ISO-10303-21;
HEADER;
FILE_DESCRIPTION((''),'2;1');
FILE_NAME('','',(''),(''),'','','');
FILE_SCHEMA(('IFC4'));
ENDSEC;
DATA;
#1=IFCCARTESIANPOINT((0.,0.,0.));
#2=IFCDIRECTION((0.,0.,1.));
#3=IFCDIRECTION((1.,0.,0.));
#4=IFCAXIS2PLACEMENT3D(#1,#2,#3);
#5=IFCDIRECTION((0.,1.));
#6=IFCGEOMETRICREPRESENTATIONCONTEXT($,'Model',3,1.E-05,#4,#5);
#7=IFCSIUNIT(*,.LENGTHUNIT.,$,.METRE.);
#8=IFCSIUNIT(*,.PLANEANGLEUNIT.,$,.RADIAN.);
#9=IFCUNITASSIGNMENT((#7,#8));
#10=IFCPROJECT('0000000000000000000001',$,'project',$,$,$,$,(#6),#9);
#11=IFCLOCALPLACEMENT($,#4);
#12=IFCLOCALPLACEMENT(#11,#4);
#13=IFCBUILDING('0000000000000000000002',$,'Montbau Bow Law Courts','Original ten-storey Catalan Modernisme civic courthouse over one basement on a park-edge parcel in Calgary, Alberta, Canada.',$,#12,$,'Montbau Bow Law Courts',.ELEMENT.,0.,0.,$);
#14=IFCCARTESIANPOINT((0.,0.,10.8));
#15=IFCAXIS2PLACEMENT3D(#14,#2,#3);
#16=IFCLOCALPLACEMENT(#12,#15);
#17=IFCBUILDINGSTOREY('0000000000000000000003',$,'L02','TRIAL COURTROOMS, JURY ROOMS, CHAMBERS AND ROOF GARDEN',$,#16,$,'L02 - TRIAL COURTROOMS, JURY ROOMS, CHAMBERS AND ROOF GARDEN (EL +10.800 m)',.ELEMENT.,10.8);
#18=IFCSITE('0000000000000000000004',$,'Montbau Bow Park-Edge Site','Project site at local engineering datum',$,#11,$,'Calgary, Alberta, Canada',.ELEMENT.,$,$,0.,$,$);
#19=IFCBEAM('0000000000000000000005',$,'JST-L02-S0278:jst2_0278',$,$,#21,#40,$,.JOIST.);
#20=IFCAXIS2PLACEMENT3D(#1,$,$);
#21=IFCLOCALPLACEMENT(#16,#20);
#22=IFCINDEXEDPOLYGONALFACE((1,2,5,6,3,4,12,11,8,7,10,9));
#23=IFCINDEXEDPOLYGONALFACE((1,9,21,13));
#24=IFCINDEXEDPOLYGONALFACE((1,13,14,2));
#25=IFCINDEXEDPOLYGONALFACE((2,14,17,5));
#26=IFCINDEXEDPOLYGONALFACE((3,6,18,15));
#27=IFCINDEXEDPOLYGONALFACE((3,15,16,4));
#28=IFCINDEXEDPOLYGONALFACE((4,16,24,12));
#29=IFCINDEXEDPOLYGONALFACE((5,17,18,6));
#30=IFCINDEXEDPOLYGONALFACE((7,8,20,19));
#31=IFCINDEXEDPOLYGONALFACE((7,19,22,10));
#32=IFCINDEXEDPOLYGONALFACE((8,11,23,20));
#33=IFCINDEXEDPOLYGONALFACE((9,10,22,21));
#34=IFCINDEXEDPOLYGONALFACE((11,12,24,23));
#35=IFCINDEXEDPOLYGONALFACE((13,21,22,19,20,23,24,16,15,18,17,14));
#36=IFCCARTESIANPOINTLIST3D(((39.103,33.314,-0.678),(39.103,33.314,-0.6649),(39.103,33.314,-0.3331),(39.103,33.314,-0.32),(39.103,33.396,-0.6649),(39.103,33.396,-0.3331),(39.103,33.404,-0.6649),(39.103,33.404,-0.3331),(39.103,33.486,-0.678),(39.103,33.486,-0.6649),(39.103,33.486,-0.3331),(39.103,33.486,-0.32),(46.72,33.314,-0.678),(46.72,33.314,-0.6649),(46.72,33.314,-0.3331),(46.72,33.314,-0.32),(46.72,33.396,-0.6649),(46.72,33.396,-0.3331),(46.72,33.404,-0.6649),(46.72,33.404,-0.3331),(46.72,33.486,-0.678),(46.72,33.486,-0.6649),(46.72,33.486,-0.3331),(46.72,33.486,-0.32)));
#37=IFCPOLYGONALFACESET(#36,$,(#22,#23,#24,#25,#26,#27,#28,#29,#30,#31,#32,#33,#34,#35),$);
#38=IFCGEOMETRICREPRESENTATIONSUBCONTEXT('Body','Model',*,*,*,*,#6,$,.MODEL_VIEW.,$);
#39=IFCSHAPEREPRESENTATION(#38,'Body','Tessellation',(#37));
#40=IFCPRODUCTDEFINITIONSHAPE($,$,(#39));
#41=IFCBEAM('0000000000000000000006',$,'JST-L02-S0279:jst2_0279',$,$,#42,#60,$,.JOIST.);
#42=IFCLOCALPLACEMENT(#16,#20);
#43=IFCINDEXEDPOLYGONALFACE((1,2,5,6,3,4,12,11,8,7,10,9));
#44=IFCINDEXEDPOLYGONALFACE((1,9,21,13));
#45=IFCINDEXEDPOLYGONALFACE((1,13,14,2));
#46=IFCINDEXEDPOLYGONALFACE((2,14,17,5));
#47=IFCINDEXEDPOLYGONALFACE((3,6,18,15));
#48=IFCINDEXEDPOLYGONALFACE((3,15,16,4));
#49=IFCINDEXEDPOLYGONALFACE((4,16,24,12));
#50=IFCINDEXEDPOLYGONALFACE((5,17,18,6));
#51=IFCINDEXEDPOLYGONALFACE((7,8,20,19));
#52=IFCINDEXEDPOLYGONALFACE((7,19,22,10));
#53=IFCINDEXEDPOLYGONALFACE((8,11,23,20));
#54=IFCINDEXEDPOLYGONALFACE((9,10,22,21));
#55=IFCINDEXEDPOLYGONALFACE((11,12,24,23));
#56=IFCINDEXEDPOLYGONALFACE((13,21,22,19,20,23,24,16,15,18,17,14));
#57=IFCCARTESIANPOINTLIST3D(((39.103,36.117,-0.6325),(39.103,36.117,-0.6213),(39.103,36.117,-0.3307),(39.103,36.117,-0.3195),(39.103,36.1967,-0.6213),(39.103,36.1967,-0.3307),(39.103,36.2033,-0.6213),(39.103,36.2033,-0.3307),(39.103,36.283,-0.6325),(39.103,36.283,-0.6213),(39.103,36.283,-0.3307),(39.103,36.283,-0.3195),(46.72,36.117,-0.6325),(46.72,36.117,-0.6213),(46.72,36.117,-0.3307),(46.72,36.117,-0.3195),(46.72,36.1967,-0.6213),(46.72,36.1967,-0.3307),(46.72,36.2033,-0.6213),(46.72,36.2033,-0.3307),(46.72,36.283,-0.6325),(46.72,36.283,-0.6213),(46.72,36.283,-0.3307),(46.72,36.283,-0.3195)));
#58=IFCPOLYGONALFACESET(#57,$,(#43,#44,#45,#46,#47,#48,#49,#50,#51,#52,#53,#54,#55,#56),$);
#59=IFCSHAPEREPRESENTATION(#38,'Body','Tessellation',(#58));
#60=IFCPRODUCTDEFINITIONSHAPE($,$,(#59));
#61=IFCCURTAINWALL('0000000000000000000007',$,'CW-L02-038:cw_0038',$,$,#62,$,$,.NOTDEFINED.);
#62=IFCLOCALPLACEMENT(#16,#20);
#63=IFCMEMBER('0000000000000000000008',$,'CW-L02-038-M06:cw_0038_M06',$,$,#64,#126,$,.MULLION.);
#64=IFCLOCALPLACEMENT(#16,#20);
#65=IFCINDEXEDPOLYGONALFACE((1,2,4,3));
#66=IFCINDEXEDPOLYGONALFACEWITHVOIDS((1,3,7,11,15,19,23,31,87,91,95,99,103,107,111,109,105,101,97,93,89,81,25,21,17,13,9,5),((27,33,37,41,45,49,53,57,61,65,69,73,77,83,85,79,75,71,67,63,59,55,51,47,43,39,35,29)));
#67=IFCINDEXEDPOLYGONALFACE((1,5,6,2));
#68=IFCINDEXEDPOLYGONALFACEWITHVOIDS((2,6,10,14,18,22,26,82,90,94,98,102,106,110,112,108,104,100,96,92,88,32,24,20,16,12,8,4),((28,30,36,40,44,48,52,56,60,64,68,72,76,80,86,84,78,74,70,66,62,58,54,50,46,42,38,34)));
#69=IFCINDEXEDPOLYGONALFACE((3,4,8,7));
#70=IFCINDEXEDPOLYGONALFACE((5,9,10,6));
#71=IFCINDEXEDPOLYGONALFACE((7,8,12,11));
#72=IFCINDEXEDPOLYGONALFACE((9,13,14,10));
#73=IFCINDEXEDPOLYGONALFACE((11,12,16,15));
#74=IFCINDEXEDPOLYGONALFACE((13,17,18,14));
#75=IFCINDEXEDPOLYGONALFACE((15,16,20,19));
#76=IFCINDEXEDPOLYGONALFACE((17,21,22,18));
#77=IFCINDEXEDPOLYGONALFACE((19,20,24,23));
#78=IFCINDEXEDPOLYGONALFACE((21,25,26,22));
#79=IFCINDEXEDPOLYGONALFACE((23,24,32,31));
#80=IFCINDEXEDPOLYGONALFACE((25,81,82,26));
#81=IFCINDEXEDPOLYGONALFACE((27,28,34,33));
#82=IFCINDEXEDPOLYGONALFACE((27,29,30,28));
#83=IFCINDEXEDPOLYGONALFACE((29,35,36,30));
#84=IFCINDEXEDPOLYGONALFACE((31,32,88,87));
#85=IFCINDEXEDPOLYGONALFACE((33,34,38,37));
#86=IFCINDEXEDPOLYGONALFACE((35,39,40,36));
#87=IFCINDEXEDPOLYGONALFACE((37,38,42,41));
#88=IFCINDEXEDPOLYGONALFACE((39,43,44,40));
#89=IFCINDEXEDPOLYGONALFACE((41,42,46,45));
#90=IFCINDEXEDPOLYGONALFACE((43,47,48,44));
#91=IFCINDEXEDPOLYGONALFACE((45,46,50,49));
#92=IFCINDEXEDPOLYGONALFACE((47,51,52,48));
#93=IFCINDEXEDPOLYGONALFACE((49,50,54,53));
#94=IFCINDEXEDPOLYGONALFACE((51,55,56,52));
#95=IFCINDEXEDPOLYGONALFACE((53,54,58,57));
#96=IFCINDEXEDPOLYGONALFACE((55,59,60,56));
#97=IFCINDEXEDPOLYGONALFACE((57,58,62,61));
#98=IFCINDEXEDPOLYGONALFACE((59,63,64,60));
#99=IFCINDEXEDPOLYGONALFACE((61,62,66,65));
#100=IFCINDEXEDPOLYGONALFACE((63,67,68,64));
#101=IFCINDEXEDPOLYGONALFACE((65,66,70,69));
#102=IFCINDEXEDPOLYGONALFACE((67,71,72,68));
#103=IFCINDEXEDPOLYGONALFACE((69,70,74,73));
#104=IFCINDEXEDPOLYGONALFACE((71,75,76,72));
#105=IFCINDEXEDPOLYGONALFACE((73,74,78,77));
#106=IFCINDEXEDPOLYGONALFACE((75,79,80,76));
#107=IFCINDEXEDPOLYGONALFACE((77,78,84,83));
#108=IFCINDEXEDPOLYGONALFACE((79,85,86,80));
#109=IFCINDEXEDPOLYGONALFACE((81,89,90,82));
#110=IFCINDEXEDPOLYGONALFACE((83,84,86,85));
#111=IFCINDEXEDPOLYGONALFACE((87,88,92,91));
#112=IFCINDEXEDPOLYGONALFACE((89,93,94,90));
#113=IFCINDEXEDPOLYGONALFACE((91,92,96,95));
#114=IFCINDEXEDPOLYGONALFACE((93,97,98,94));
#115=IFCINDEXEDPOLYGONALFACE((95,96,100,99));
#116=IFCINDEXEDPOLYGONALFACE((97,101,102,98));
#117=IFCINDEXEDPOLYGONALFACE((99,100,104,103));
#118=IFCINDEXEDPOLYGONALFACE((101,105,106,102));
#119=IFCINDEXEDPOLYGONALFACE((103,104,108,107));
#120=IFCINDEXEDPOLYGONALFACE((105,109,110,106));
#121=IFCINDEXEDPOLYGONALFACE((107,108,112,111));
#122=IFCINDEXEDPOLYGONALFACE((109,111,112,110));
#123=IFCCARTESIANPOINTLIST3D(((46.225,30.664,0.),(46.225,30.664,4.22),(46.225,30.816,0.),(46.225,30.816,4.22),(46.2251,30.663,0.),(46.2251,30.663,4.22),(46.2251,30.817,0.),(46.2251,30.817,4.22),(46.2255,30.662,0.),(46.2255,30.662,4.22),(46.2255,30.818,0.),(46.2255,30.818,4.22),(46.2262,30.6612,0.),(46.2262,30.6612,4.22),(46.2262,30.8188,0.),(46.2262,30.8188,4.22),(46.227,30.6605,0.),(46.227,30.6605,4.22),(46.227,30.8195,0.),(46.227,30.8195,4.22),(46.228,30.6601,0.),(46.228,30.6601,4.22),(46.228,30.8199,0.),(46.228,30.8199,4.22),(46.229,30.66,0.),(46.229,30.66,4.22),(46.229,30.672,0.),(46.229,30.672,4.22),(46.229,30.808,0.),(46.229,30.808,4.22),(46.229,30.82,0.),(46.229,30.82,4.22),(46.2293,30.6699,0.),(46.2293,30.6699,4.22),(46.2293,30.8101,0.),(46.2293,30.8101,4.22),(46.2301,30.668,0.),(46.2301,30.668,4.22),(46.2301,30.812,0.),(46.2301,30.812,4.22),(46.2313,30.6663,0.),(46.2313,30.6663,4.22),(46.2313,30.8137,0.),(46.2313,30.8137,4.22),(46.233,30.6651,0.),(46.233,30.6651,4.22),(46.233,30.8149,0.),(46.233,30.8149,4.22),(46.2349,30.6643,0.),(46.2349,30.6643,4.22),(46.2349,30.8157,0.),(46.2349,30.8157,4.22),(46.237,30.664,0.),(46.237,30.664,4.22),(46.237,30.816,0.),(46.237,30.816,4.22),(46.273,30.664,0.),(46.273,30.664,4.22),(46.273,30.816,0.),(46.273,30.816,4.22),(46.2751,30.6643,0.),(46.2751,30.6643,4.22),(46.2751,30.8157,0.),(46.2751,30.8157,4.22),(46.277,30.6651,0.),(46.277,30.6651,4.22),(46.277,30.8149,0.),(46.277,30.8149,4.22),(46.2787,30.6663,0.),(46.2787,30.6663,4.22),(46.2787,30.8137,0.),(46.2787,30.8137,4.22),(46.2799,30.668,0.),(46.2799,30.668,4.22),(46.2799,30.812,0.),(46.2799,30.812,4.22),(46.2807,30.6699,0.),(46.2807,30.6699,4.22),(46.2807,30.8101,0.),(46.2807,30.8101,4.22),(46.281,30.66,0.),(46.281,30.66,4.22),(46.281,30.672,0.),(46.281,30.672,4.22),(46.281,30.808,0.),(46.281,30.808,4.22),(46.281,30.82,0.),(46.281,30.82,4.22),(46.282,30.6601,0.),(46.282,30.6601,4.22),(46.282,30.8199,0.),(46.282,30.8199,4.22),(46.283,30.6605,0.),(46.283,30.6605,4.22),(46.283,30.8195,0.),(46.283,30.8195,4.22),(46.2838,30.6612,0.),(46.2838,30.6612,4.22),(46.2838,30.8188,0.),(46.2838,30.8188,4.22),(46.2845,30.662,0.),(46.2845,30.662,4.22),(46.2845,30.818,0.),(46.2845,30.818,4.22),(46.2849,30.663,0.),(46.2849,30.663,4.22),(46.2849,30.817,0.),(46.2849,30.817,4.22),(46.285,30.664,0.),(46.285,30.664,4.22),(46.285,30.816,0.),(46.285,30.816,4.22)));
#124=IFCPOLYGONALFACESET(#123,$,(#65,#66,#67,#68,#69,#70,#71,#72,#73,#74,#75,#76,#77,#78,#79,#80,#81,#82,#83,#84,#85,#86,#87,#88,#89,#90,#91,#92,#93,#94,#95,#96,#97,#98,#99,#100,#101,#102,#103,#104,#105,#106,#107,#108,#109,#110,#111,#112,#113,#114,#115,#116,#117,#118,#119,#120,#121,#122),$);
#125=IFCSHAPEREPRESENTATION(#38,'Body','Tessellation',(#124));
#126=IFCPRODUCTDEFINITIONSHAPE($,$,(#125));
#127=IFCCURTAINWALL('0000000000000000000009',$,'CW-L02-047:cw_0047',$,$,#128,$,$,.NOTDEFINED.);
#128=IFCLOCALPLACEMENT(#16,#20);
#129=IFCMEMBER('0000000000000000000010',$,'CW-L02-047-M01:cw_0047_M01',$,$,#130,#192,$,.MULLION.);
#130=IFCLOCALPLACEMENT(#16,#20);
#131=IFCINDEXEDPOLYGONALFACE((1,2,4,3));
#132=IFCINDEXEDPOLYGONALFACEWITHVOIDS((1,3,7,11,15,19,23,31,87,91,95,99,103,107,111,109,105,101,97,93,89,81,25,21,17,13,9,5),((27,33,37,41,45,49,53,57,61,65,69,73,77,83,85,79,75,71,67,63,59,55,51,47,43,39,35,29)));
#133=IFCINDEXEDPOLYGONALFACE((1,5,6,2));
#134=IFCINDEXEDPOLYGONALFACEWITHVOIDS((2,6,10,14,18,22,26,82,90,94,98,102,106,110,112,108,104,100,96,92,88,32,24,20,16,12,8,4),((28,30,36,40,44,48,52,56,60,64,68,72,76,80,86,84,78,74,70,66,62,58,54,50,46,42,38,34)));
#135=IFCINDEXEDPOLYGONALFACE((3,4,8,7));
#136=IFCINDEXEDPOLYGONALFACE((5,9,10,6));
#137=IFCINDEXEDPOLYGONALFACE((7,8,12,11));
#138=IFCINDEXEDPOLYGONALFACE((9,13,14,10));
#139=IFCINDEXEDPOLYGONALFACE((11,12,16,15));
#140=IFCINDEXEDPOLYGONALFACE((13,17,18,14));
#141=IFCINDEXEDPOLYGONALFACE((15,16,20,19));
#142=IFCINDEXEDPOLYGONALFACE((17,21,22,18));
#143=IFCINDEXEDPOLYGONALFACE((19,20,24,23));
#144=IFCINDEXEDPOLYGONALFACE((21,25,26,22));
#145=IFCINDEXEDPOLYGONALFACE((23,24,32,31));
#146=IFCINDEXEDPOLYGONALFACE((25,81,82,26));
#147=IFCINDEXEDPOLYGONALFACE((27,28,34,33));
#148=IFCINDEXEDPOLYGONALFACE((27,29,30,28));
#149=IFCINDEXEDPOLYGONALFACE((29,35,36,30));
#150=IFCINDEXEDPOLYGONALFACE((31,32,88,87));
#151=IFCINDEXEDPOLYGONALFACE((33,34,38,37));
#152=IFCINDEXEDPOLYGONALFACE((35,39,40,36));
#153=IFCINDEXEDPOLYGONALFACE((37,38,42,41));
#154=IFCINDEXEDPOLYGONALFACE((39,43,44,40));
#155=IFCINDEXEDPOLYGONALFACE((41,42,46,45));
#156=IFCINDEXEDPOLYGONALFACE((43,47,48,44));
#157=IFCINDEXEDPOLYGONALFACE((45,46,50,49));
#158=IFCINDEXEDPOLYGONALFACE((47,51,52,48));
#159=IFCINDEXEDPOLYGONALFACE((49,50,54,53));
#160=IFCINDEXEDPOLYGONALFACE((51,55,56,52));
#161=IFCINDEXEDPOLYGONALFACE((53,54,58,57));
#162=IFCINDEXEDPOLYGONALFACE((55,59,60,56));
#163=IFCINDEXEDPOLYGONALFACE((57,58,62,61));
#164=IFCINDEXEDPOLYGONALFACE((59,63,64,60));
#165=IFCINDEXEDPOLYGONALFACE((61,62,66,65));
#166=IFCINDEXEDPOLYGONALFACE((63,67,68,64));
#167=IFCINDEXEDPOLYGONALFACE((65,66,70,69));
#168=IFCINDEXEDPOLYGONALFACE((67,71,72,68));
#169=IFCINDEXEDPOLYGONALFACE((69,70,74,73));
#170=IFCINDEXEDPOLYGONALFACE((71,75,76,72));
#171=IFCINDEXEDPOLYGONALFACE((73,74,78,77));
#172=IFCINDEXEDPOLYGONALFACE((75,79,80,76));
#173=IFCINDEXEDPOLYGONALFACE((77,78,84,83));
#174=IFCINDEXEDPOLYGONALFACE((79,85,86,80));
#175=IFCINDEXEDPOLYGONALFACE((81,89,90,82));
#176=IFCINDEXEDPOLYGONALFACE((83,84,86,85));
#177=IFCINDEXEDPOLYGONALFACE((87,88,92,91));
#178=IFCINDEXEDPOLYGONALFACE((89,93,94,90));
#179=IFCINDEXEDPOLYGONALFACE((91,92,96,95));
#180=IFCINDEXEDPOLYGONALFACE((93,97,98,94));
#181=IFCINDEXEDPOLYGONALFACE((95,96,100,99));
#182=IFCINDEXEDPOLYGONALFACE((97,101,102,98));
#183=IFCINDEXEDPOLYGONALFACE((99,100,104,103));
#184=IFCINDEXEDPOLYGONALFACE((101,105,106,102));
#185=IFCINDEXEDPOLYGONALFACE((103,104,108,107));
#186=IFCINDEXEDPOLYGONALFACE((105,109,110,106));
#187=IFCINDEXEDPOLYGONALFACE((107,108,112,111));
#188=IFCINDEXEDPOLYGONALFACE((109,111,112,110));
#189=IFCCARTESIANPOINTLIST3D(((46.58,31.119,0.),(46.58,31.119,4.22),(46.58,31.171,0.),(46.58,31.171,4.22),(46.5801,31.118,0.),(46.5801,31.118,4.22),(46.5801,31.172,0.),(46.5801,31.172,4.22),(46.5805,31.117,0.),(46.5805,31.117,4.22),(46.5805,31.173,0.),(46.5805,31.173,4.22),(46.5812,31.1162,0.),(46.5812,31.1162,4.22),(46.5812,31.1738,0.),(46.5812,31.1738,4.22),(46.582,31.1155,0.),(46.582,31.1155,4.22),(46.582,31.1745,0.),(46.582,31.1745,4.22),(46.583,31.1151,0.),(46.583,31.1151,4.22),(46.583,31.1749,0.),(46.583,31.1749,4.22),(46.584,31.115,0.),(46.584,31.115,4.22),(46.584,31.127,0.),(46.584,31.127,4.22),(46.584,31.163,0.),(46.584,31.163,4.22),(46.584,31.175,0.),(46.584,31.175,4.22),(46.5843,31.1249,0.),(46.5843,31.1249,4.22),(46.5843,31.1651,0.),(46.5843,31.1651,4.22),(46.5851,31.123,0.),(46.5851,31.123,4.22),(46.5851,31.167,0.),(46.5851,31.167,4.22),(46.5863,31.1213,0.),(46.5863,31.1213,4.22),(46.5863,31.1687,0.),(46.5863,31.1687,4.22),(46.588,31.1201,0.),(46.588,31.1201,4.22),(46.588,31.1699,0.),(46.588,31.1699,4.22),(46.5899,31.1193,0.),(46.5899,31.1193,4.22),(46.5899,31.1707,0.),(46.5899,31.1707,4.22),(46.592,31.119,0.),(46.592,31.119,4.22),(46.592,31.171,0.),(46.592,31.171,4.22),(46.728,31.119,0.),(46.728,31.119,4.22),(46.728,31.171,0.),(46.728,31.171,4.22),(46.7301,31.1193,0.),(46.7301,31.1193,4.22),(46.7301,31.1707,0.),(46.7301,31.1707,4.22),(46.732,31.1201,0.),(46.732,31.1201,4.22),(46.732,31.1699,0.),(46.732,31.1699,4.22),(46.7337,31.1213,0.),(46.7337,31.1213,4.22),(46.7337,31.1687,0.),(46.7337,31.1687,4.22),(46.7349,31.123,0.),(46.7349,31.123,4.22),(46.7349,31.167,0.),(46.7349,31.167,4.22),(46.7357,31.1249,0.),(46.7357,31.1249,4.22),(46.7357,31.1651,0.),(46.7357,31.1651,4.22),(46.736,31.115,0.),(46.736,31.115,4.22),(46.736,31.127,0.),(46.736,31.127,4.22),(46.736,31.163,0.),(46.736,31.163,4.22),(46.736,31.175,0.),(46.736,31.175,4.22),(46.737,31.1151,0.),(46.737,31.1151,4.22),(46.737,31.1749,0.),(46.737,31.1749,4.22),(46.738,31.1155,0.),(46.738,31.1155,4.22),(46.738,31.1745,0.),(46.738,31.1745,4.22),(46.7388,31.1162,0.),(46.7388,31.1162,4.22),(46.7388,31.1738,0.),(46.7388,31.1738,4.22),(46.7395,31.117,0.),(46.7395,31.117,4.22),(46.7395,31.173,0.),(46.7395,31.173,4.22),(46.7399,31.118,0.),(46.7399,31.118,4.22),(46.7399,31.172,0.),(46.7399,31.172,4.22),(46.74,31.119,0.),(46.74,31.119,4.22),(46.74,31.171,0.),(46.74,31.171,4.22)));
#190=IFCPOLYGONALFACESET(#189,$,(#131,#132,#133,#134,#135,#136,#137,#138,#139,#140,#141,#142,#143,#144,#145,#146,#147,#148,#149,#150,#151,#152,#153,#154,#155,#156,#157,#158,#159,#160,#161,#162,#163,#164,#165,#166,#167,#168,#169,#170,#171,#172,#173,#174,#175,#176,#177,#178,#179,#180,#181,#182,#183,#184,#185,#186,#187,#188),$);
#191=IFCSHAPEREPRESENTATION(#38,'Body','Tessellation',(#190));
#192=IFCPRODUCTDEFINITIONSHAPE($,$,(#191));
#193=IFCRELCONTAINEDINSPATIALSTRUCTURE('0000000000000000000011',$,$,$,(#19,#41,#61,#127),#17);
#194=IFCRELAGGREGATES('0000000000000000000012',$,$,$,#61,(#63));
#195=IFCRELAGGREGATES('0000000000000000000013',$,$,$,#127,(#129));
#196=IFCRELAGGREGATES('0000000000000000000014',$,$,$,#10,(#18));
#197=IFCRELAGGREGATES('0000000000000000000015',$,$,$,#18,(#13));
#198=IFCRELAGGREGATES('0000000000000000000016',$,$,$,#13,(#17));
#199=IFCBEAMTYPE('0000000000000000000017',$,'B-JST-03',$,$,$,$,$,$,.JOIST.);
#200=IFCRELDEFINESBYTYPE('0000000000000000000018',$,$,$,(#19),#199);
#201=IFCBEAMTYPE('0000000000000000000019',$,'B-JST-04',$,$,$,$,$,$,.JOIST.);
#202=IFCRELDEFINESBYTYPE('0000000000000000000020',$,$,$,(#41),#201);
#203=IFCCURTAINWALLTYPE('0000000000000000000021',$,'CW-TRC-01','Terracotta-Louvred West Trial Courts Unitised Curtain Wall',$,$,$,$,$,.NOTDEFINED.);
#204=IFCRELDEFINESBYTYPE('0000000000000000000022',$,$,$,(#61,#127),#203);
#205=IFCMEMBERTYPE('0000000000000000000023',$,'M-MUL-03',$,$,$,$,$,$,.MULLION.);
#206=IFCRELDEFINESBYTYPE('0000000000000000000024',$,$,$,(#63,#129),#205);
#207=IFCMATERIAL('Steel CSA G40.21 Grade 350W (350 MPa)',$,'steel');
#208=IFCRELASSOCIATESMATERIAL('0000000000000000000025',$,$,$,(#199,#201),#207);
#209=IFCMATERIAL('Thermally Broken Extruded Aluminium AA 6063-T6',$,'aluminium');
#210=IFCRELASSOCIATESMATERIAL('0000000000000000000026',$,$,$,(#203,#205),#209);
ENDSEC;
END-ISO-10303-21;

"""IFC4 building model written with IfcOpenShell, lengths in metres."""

from ifc_helpers import new_model, si_unit, direction, frame, origin_with_axes, origin_2d_with_axis, place, context, subcontext, project, spatial, hollow_rectangle, i_section, extrude, material, material_profile, profile_set, type_object, element, aggregate, save


model = new_model("IFC4")

# Units and contexts
model_context = context("Model", 3, precision=1e-05, world=origin_with_axes(), true_north=direction((0.0, 1.0)))
body_context = subcontext(model_context, "Body", "Model", "MODEL_VIEW")
ifc_project = project(units=[si_unit("LENGTHUNIT", "METRE"), si_unit("PLANEANGLEUNIT", "RADIAN")], contexts=[model_context])

# Site, building, storey
site_placement = place(None, origin_with_axes())
site = spatial("IfcSite", under=ifc_project, at=site_placement, Name="Montbau Bow Park-Edge Site", Description="Project site at local engineering datum", LongName="Calgary, Alberta, Canada", CompositionType="ELEMENT", RefElevation=0.0)
building_placement = place(site_placement, origin_with_axes())
building = spatial("IfcBuilding", under=site, at=building_placement, Name="Montbau Bow Law Courts", Description="Original ten-storey Catalan Modernisme civic courthouse over one basement on a park-edge parcel in Calgary, Alberta, Canada.", LongName="Montbau Bow Law Courts", CompositionType="ELEMENT", ElevationOfRefHeight=0.0, ElevationOfTerrain=0.0)
storey_placement = place(building_placement, frame((0.0, 0.0, 10.8), z_axis=(0.0, 0.0, 1.0), x_axis=(1.0, 0.0, 0.0)))
storey = spatial("IfcBuildingStorey", under=building, at=storey_placement, Name="L02", Description="TRIAL COURTROOMS, JURY ROOMS, CHAMBERS AND ROOF GARDEN", LongName="L02 - TRIAL COURTROOMS, JURY ROOMS, CHAMBERS AND ROOF GARDEN (EL +10.800 m)", CompositionType="ELEMENT", Elevation=10.8)

# Beams
ifc_material_1 = material(Name="Steel CSA G40.21 Grade 350W (350 MPa)", Category="steel")
ifc_material_profile_1 = material_profile(ifc_material_1, i_section(OverallWidth=0.172, OverallDepth=0.358, WebThickness=0.0079, FlangeThickness=0.0131, at=origin_2d_with_axis()), Name="W360X57", Category="Main", Priority=0)
ifc_profile_set_1 = profile_set([ifc_material_profile_1], Name="Steel CSA G40.21 Grade 350W (350 MPa)")
beam_type_1 = type_object("IfcBeamType", Name="B-JST-03", PredefinedType="JOIST", material=ifc_profile_set_1)
beam_1_placement = place(None, frame((39.103, 33.4, 10.301), z_axis=(1.0, 0.0, 0.0), x_axis=(0.0, 1.0, 0.0)))
element("IfcBeam", 1, at=beam_1_placement, inside=storey, type_object=beam_type_1, Name="JST-L02-S0278:jst2_0278", PredefinedType="JOIST", context=body_context, shape_type="SweptSolid", body=[
    extrude(i_section(OverallWidth=0.172, OverallDepth=0.358, WebThickness=0.0079, FlangeThickness=0.0131, at=origin_2d_with_axis()), origin_with_axes(), (0.0, 0.0, 1.0), 7.617),
])
ifc_material_profile_2 = material_profile(ifc_material_1, i_section(OverallWidth=0.166, OverallDepth=0.313, WebThickness=0.0066, FlangeThickness=0.0112, at=origin_2d_with_axis()), Name="W310X45", Category="Main", Priority=0)
ifc_profile_set_2 = profile_set([ifc_material_profile_2], Name="Steel CSA G40.21 Grade 350W (350 MPa)")
beam_type_2 = type_object("IfcBeamType", Name="B-JST-04", PredefinedType="JOIST", material=ifc_profile_set_2)
beam_2_placement = place(None, frame((39.103, 36.2, 10.324), z_axis=(1.0, 0.0, 0.0), x_axis=(0.0, 1.0, 0.0)))
element("IfcBeam", 2, at=beam_2_placement, inside=storey, type_object=beam_type_2, Name="JST-L02-S0279:jst2_0279", PredefinedType="JOIST", context=body_context, shape_type="SweptSolid", body=[
    extrude(i_section(OverallWidth=0.166, OverallDepth=0.313, WebThickness=0.0066, FlangeThickness=0.0112, at=origin_2d_with_axis()), origin_with_axes(), (0.0, 0.0, 1.0), 7.617),
])

# Curtain wall, member
ifc_material_2 = material(Name="Thermally Broken Extruded Aluminium AA 6063-T6", Category="aluminium")
curtain_wall_type = type_object("IfcCurtainWallType", Name="CW-TRC-01", Description="Terracotta-Louvred West Trial Courts Unitised Curtain Wall", PredefinedType="NOTDEFINED", material=ifc_material_2)
curtain_wall_1_placement = place(None, frame((39.515, 30.74, 10.8), z_axis=(0.0, 0.0, 1.0), x_axis=(1.0, 0.0, 0.0)))
curtain_wall_1 = element("IfcCurtainWall", 3, at=curtain_wall_1_placement, inside=storey, type_object=curtain_wall_type, Name="CW-L02-038:cw_0038", PredefinedType="NOTDEFINED")
ifc_material_profile_3 = material_profile(ifc_material_2, hollow_rectangle(XDim=0.06, YDim=0.16, WallThickness=0.004, InnerFilletRadius=0.008, OuterFilletRadius=0.004, at=origin_2d_with_axis()), Name="CWM-160X60", Category="Main", Priority=0)
ifc_profile_set_3 = profile_set([ifc_material_profile_3], Name="Thermally Broken Extruded Aluminium AA 6063-T6")
member_type_1 = type_object("IfcMemberType", Name="M-MUL-03", PredefinedType="MULLION", material=ifc_profile_set_3)
member_1_placement = place(None, frame((46.255, 30.74, 10.8), z_axis=(0.0, 0.0, 1.0), x_axis=(1.0, 0.0, 0.0)))
member_1 = element("IfcMember", 4, at=member_1_placement, type_object=member_type_1, Name="CW-L02-038-M06:cw_0038_M06", PredefinedType="MULLION", context=body_context, shape_type="SweptSolid", body=[
    extrude(hollow_rectangle(XDim=0.06, YDim=0.16, WallThickness=0.004, InnerFilletRadius=0.008, OuterFilletRadius=0.004, at=origin_2d_with_axis()), origin_with_axes(), (0.0, 0.0, 1.0), 4.22),
])
aggregate(curtain_wall_1, [member_1])

# Curtain wall, member
curtain_wall_2_placement = place(None, frame((46.66, 31.115, 10.8), z_axis=(0.0, 0.0, 1.0), x_axis=(1.0, 0.0, 0.0)))
curtain_wall_2 = element("IfcCurtainWall", 5, at=curtain_wall_2_placement, inside=storey, type_object=curtain_wall_type, Name="CW-L02-047:cw_0047", PredefinedType="NOTDEFINED")
member_2_placement = place(None, frame((46.66, 31.145, 10.8), z_axis=(0.0, 0.0, 1.0), x_axis=(0.0, 1.0, 0.0)))
member_2 = element("IfcMember", 6, at=member_2_placement, type_object=member_type_1, Name="CW-L02-047-M01:cw_0047_M01", PredefinedType="MULLION", context=body_context, shape_type="SweptSolid", body=[
    extrude(hollow_rectangle(XDim=0.06, YDim=0.16, WallThickness=0.004, InnerFilletRadius=0.008, OuterFilletRadius=0.004, at=origin_2d_with_axis()), origin_with_axes(), (0.0, 0.0, 1.0), 4.22),
])
aggregate(curtain_wall_2, [member_2])

save(model, "model.ifc")
